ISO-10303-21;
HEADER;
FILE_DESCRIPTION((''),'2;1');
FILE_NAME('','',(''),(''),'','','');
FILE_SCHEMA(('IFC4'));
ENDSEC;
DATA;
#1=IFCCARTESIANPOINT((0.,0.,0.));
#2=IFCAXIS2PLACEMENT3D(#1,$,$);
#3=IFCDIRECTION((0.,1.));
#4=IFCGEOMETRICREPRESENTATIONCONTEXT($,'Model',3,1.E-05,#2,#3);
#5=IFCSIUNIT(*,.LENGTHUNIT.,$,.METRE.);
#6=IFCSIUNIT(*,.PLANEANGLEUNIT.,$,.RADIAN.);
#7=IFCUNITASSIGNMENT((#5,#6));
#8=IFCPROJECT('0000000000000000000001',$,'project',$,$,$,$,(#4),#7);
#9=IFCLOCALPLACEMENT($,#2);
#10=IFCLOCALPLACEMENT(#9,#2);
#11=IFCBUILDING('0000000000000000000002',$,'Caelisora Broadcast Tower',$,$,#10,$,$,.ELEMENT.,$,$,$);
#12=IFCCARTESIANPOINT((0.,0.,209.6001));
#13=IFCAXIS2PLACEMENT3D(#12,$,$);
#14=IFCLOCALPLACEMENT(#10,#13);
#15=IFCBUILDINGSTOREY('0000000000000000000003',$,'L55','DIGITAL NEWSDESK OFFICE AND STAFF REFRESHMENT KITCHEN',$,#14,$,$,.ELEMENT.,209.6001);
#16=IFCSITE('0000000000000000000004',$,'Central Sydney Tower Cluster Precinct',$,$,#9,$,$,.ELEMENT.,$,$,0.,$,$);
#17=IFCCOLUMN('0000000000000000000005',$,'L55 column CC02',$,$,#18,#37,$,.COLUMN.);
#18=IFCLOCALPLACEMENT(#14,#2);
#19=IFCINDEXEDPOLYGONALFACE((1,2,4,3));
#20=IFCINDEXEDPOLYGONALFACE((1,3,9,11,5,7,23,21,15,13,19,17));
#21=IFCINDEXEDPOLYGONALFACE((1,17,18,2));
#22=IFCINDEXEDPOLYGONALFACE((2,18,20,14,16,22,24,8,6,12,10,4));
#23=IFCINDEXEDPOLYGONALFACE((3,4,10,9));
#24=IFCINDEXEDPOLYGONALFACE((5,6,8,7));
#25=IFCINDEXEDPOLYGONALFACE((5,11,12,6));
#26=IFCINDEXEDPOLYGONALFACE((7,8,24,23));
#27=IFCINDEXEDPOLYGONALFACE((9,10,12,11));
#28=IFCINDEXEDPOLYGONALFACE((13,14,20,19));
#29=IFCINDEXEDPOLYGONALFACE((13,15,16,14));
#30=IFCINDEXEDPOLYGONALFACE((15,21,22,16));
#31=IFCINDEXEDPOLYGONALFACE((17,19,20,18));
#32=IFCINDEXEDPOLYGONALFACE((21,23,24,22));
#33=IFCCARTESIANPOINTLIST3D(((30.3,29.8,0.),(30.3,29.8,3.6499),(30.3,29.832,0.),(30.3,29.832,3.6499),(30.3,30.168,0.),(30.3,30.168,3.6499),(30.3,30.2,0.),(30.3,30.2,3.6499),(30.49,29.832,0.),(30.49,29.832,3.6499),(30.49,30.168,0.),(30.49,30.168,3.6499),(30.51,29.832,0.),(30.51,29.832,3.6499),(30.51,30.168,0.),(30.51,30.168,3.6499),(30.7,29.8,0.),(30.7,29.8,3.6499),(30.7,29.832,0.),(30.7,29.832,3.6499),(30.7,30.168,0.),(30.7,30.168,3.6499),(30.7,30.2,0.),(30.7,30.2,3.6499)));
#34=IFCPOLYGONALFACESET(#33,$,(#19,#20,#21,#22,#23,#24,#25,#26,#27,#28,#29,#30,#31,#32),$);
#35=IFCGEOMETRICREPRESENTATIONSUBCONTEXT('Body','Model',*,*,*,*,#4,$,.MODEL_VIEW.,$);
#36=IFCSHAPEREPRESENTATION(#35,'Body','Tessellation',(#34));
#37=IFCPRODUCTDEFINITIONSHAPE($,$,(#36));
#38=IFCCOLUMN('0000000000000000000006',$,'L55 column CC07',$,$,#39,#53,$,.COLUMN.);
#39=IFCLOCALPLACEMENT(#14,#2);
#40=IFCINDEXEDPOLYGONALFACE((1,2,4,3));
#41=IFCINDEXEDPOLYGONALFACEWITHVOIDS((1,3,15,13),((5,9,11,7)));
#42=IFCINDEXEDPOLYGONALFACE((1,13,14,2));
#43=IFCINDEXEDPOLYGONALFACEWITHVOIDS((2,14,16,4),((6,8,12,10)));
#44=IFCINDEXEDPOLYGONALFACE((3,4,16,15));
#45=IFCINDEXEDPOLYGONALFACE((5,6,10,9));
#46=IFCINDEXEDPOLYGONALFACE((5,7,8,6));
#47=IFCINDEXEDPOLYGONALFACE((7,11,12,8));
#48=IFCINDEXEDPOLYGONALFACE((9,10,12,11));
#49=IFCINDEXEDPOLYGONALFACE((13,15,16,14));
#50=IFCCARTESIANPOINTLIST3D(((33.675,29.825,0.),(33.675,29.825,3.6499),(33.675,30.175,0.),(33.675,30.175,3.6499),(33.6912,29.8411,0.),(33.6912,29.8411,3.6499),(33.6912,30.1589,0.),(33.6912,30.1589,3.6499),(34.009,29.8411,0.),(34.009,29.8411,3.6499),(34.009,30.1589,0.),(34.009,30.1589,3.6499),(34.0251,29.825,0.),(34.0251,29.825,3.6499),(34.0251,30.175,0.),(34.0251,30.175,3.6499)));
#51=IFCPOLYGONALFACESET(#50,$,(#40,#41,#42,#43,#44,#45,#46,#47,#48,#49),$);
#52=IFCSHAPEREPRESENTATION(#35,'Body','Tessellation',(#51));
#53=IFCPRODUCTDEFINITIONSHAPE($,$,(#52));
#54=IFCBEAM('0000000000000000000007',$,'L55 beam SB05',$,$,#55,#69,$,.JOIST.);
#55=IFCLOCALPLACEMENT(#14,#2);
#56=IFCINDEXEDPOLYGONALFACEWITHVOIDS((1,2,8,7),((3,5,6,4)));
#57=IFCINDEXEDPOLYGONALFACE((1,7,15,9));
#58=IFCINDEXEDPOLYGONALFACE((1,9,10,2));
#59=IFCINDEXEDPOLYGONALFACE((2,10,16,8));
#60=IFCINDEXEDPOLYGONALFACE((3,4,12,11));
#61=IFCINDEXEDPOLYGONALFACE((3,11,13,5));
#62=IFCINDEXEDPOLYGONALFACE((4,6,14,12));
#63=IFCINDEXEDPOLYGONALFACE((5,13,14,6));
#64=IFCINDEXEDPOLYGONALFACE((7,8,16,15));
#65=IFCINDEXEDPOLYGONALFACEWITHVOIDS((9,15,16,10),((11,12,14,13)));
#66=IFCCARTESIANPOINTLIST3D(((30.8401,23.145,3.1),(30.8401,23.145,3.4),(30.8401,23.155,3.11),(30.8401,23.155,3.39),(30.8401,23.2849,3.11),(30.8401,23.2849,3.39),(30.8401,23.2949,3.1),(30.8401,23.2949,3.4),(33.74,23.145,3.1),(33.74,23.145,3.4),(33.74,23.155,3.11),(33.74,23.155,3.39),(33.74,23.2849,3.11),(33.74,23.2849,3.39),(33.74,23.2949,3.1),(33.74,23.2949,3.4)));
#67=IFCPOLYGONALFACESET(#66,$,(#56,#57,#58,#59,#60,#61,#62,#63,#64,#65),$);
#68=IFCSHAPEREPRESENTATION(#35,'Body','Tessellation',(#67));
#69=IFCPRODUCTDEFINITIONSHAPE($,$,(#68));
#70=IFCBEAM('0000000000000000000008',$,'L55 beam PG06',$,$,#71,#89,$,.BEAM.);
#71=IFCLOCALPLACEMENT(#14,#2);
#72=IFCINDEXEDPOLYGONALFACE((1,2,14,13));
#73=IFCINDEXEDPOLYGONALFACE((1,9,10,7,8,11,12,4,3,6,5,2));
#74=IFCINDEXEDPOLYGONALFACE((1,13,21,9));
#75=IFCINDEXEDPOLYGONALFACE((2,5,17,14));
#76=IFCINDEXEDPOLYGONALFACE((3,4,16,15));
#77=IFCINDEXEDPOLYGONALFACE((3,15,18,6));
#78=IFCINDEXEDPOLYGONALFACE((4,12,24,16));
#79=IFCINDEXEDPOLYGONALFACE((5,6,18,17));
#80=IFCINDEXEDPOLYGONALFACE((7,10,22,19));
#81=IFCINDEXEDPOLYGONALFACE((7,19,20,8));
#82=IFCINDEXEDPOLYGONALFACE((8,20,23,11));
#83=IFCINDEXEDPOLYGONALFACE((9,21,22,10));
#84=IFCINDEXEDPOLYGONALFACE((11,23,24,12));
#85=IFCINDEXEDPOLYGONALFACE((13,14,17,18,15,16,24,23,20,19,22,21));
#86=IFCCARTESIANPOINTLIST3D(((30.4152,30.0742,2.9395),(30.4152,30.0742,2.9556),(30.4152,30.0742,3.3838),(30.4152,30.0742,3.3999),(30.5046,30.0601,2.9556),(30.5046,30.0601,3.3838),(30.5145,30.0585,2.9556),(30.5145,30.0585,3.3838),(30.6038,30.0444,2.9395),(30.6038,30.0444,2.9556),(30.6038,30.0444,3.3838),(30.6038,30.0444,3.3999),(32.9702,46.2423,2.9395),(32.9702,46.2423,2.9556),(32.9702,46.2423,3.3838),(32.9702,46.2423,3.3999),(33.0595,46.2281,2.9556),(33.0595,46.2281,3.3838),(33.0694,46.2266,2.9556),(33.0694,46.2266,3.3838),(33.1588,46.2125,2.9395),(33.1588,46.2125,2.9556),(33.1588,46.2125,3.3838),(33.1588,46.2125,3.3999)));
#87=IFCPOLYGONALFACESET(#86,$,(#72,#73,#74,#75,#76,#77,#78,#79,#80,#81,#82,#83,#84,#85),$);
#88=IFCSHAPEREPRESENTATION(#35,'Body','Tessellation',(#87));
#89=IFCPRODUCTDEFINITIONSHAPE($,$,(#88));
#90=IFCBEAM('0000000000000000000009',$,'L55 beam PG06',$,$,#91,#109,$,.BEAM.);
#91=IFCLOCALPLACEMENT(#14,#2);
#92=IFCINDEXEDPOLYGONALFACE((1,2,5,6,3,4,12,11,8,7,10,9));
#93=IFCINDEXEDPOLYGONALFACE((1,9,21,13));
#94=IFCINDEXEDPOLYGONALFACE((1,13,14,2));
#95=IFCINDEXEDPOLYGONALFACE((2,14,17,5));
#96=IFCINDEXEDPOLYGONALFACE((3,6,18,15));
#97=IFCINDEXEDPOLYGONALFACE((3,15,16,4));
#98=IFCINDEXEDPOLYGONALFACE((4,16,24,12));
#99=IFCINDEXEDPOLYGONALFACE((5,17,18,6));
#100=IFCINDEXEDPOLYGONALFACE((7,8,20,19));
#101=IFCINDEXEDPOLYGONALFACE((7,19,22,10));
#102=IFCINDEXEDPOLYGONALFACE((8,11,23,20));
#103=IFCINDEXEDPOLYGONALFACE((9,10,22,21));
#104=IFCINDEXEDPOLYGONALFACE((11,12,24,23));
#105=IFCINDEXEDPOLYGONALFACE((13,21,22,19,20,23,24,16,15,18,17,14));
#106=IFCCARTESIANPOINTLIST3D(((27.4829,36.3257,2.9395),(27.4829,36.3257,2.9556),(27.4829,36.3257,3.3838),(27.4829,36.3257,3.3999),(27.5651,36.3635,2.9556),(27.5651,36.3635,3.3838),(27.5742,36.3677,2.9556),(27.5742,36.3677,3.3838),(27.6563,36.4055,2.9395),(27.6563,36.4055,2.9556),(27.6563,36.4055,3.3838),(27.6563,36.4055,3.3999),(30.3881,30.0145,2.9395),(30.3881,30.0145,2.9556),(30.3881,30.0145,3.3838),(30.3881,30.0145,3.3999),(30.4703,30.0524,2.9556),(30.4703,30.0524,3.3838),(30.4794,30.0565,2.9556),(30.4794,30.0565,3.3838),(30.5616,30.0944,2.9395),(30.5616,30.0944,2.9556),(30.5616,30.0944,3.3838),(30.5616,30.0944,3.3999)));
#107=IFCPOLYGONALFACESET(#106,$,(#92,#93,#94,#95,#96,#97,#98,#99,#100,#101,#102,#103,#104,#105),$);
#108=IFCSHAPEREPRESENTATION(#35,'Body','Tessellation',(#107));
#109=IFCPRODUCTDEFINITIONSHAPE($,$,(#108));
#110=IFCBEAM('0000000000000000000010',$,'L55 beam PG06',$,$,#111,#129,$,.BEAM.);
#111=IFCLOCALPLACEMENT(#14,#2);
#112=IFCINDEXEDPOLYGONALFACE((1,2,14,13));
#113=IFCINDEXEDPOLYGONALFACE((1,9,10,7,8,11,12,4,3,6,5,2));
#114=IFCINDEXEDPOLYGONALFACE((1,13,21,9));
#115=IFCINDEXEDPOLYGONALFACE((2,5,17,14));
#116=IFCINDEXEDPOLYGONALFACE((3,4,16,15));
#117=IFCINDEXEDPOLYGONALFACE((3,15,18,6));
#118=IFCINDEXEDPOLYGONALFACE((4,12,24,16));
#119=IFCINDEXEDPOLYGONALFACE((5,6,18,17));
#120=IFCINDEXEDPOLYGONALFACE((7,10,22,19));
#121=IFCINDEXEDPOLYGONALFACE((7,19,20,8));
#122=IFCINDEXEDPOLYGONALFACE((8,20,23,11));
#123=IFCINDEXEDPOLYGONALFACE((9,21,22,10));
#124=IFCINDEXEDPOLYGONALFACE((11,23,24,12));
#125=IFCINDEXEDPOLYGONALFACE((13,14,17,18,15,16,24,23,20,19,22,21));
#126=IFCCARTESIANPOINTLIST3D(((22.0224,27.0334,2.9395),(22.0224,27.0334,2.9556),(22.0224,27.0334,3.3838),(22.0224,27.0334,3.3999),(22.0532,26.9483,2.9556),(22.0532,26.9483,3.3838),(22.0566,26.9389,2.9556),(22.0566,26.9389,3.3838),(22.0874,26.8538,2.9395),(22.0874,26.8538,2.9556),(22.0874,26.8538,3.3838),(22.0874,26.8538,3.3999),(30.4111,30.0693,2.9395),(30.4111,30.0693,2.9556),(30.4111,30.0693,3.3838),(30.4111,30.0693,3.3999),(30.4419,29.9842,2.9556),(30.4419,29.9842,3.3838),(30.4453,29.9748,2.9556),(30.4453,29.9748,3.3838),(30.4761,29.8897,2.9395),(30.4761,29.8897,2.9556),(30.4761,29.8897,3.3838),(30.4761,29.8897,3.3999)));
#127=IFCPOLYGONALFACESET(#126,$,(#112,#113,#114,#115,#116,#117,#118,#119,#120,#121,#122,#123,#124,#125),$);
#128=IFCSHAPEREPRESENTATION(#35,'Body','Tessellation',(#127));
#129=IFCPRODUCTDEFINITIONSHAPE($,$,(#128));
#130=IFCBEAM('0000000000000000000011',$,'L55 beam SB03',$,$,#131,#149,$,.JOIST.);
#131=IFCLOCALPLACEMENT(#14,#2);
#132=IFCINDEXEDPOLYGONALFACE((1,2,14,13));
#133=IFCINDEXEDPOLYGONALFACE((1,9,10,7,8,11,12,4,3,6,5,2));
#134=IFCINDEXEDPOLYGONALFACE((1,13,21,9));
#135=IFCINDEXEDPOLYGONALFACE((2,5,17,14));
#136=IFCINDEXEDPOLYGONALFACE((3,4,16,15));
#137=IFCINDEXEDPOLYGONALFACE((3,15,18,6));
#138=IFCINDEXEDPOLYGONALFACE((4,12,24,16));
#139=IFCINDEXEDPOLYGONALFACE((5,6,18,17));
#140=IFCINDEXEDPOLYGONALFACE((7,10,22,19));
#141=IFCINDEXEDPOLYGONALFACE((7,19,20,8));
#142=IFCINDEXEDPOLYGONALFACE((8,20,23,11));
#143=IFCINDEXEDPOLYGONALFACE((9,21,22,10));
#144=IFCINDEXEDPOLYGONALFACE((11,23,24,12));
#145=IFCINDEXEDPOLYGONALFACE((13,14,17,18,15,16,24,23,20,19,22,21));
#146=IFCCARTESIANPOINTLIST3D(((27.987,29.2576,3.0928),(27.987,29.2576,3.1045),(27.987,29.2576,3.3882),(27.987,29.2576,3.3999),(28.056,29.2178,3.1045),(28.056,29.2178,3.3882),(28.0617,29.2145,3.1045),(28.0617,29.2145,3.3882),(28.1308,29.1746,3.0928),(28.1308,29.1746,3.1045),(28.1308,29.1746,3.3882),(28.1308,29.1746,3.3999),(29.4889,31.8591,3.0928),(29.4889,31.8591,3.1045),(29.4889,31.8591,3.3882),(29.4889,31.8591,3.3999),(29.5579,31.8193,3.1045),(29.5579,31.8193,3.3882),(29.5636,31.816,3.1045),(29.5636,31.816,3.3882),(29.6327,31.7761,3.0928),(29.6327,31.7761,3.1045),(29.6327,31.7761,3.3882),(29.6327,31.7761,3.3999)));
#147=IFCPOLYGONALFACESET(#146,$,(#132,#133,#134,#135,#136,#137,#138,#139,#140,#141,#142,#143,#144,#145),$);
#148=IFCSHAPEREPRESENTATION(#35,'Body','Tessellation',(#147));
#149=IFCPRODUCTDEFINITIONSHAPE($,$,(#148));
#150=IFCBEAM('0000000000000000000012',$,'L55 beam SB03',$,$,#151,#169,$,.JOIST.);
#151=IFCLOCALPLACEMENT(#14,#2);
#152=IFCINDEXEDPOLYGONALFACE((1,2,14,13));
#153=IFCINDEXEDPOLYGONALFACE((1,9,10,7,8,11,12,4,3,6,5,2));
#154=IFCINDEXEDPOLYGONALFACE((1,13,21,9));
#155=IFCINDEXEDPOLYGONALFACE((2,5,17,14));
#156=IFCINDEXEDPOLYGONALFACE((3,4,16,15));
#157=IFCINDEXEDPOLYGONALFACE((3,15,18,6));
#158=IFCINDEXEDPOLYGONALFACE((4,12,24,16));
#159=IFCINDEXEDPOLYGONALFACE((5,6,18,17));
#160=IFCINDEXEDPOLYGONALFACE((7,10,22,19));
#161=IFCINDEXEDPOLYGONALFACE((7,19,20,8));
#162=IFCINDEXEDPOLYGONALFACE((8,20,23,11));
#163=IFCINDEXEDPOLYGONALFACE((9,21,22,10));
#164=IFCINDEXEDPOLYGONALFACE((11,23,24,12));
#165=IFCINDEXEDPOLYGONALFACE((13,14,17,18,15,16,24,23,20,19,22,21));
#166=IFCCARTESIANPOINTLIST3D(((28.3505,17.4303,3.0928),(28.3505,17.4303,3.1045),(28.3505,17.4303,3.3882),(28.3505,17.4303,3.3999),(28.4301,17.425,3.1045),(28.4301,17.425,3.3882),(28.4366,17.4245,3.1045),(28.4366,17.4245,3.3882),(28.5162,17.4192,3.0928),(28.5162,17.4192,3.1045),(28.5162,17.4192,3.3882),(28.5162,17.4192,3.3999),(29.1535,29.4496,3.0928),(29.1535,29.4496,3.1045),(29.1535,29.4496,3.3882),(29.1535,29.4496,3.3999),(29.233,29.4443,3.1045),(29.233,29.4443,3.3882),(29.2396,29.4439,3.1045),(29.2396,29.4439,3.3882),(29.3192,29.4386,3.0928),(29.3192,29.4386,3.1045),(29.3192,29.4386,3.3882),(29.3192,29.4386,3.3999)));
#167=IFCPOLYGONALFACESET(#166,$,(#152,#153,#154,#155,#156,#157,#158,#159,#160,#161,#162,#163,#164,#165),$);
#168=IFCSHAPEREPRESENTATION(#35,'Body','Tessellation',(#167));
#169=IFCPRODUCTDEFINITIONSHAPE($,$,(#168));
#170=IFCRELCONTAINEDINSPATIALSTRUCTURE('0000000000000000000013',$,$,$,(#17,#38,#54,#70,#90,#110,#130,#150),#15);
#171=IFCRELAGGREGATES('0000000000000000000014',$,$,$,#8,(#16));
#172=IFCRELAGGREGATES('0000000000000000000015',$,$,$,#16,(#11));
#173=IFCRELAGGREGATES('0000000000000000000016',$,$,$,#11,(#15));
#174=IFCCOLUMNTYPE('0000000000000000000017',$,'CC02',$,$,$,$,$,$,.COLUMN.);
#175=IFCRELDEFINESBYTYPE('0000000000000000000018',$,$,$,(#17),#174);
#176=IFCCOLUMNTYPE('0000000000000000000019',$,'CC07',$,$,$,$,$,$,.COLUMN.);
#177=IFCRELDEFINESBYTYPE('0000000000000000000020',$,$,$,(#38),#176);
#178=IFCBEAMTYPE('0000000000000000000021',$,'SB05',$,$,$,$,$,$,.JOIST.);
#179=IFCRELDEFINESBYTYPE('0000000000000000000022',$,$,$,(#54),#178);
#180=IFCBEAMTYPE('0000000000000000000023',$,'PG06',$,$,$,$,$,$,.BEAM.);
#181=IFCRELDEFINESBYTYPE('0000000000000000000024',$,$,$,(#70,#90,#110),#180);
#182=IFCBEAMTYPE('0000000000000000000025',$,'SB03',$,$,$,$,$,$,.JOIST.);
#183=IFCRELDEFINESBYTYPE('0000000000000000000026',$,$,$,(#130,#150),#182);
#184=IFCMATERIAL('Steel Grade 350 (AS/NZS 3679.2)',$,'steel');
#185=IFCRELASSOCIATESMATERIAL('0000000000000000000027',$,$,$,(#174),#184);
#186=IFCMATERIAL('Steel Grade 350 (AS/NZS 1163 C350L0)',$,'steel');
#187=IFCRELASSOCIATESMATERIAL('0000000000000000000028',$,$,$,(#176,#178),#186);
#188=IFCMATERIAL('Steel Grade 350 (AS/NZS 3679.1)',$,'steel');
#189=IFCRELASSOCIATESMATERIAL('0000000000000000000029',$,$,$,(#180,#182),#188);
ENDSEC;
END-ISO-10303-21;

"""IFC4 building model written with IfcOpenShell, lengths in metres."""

from ifc_helpers import new_model, si_unit, direction, frame, origin, origin_2d, place, context, subcontext, project, spatial, hollow_rectangle, i_section, extrude, source, transform, mapped, material, material_profile, profile_set, type_object, type_shapes, element, save


model = new_model("IFC4")

# Units and contexts
model_context = context("Model", 3, precision=1e-05, world=origin(), true_north=direction((0.0, 1.0)))
body_context = subcontext(model_context, "Body", "Model", "MODEL_VIEW")
ifc_project = project(units=[si_unit("LENGTHUNIT", "METRE"), si_unit("PLANEANGLEUNIT", "RADIAN")], contexts=[model_context])

# Site, building, storey
site_placement = place(None, origin())
site = spatial("IfcSite", under=ifc_project, at=site_placement, Name="Central Sydney Tower Cluster Precinct", CompositionType="ELEMENT", RefElevation=0.0)
building_placement = place(site_placement, origin())
building = spatial("IfcBuilding", under=site, at=building_placement, Name="Caelisora Broadcast Tower", CompositionType="ELEMENT")
storey_placement = place(building_placement, frame((0.0, 0.0, 209.6001)))
storey = spatial("IfcBuildingStorey", under=building, at=storey_placement, Name="L55", Description="DIGITAL NEWSDESK OFFICE AND STAFF REFRESHMENT KITCHEN", CompositionType="ELEMENT", Elevation=209.6001)

# Columns
ifc_material_1 = material(Name="Steel Grade 350 (AS/NZS 3679.2)", Category="steel")
ifc_material_profile_1 = material_profile(ifc_material_1, i_section(OverallWidth=0.3999, OverallDepth=0.3999, WebThickness=0.02, FlangeThickness=0.032, at=origin_2d()), Name="Steel Grade 350 (AS/NZS 3679.2)")
ifc_profile_set_1 = profile_set([ifc_material_profile_1], Name="Steel Grade 350 (AS/NZS 3679.2)")
column_type_1 = type_object("IfcColumnType", Name="CC02", PredefinedType="COLUMN", material=ifc_profile_set_1)
shared_shape_1 = source(origin(), body_context, "Body", "SweptSolid", [
    extrude(i_section(OverallWidth=0.3999, OverallDepth=0.3999, WebThickness=0.02, FlangeThickness=0.032, at=origin_2d()), origin(), (0.0, 0.0, 1.0), 3.6499),
])
type_shapes(column_type_1, [shared_shape_1])
column_1_placement = place(storey_placement, frame((30.5, 30.0, 0.0), z_axis=(0.0, 0.0, 1.0), x_axis=(1.0, 0.0, 0.0)))
element("IfcColumn", 1, at=column_1_placement, inside=storey, type_object=column_type_1, Name="L55 column CC02", PredefinedType="COLUMN", context=body_context, shape_type="MappedRepresentation", body=[
    mapped(shared_shape_1, transform((0.0, 0.0, 0.0), scale=1.0)),
])
ifc_material_2 = material(Name="Steel Grade 350 (AS/NZS 1163 C350L0)", Category="steel")
ifc_material_profile_2 = material_profile(ifc_material_2, hollow_rectangle(XDim=0.3501, YDim=0.3501, WallThickness=0.0161, at=origin_2d()), Name="Steel Grade 350 (AS/NZS 1163 C350L0)")
ifc_profile_set_2 = profile_set([ifc_material_profile_2], Name="Steel Grade 350 (AS/NZS 1163 C350L0)")
column_type_2 = type_object("IfcColumnType", Name="CC07", PredefinedType="COLUMN", material=ifc_profile_set_2)
shared_shape_2 = source(origin(), body_context, "Body", "SweptSolid", [
    extrude(hollow_rectangle(XDim=0.3501, YDim=0.3501, WallThickness=0.0161, at=origin_2d()), origin(), (0.0, 0.0, 1.0), 3.6499),
])
type_shapes(column_type_2, [shared_shape_2])
column_2_placement = place(storey_placement, frame((33.8501, 30.0, 0.0), z_axis=(0.0, 0.0, 1.0), x_axis=(1.0, 0.0, 0.0)))
element("IfcColumn", 2, at=column_2_placement, inside=storey, type_object=column_type_2, Name="L55 column CC07", PredefinedType="COLUMN", context=body_context, shape_type="MappedRepresentation", body=[
    mapped(shared_shape_2, transform((0.0, 0.0, 0.0), scale=1.0)),
])

# Beams
ifc_material_profile_3 = material_profile(ifc_material_2, hollow_rectangle(XDim=0.1499, YDim=0.3, WallThickness=0.01, at=origin_2d()), Name="Steel Grade 350 (AS/NZS 1163 C350L0)")
ifc_profile_set_3 = profile_set([ifc_material_profile_3], Name="Steel Grade 350 (AS/NZS 1163 C350L0)")
beam_type_1 = type_object("IfcBeamType", Name="SB05", PredefinedType="JOIST", material=ifc_profile_set_3)
shared_shape_3 = source(origin(), body_context, "Body", "SweptSolid", [
    extrude(hollow_rectangle(XDim=0.1499, YDim=0.3, WallThickness=0.01, at=origin_2d()), origin(), (0.0, 0.0, 1.0), 2.8999),
])
type_shapes(beam_type_1, [shared_shape_3])
beam_1_placement = place(storey_placement, frame((30.8401, 23.22, 3.25), z_axis=(1.0, 0.0, 0.0), x_axis=(0.0, 1.0, 0.0)))
element("IfcBeam", 3, at=beam_1_placement, inside=storey, type_object=beam_type_1, Name="L55 beam SB05", PredefinedType="JOIST", context=body_context, shape_type="MappedRepresentation", body=[
    mapped(shared_shape_3, transform((0.0, 0.0, 0.0), scale=1.0)),
])
ifc_material_3 = material(Name="Steel Grade 350 (AS/NZS 3679.1)", Category="steel")
ifc_material_profile_4 = material_profile(ifc_material_3, i_section(OverallWidth=0.1909, OverallDepth=0.4604, WebThickness=0.01, FlangeThickness=0.0161, at=origin_2d()), Name="Steel Grade 350 (AS/NZS 3679.1)")
ifc_profile_set_4 = profile_set([ifc_material_profile_4], Name="Steel Grade 350 (AS/NZS 3679.1)")
beam_type_2 = type_object("IfcBeamType", Name="PG06", PredefinedType="BEAM", material=ifc_profile_set_4)
shared_shape_4 = source(origin(), body_context, "Body", "SweptSolid", [
    extrude(i_section(OverallWidth=0.1909, OverallDepth=0.4604, WebThickness=0.01, FlangeThickness=0.0161, at=origin_2d()), origin(), (0.0, 0.0, 1.0), 16.3687),
])
beam_2_placement = place(storey_placement, frame((30.5095, 30.0593, 3.1697), z_axis=(0.156087, 0.987743, 0.0), x_axis=(-0.987743, 0.156087, 0.0)))
element("IfcBeam", 4, at=beam_2_placement, inside=storey, type_object=beam_type_2, Name="L55 beam PG06", PredefinedType="BEAM", context=body_context, shape_type="MappedRepresentation", body=[
    mapped(shared_shape_4, transform((0.0, 0.0, 0.0), scale=1.0)),
])
shared_shape_5 = source(origin(), body_context, "Body", "SweptSolid", [
    extrude(i_section(OverallWidth=0.1909, OverallDepth=0.4604, WebThickness=0.01, FlangeThickness=0.0161, at=origin_2d()), origin(), (0.0, 0.0, 1.0), 6.9478),
])
beam_3_placement = place(storey_placement, frame((30.4749, 30.0544, 3.1697), z_axis=(-0.418153, 0.908376, 0.0), x_axis=(-0.908376, -0.418153, 0.0)))
element("IfcBeam", 5, at=beam_3_placement, inside=storey, type_object=beam_type_2, Name="L55 beam PG06", PredefinedType="BEAM", context=body_context, shape_type="MappedRepresentation", body=[
    mapped(shared_shape_5, transform((0.0, 0.0, 0.0), scale=1.0)),
])
shared_shape_6 = source(origin(), body_context, "Body", "SweptSolid", [
    extrude(i_section(OverallWidth=0.1909, OverallDepth=0.4604, WebThickness=0.01, FlangeThickness=0.0161, at=origin_2d()), origin(), (0.0, 0.0, 1.0), 8.9211),
])
type_shapes(beam_type_2, [shared_shape_4, shared_shape_5, shared_shape_6])
beam_4_placement = place(storey_placement, frame((30.4436, 29.9795, 3.1697), z_axis=(-0.940316, -0.340303, 0.0), x_axis=(0.340303, -0.940316, 0.0)))
element("IfcBeam", 6, at=beam_4_placement, inside=storey, type_object=beam_type_2, Name="L55 beam PG06", PredefinedType="BEAM", context=body_context, shape_type="MappedRepresentation", body=[
    mapped(shared_shape_6, transform((0.0, 0.0, 0.0), scale=1.0)),
])
ifc_material_profile_5 = material_profile(ifc_material_3, i_section(OverallWidth=0.166, OverallDepth=0.3071, WebThickness=0.0066, FlangeThickness=0.0117, at=origin_2d()), Name="Steel Grade 350 (AS/NZS 3679.1)")
ifc_profile_set_5 = profile_set([ifc_material_profile_5], Name="Steel Grade 350 (AS/NZS 3679.1)")
beam_type_3 = type_object("IfcBeamType", Name="SB03", PredefinedType="JOIST", material=ifc_profile_set_5)
shared_shape_7 = source(origin(), body_context, "Body", "SweptSolid", [
    extrude(i_section(OverallWidth=0.166, OverallDepth=0.3071, WebThickness=0.0066, FlangeThickness=0.0117, at=origin_2d()), origin(), (0.0, 0.0, 1.0), 3.0039),
])
beam_5_placement = place(storey_placement, frame((29.5608, 31.8176, 3.2463), z_axis=(-0.499985, -0.866034, 0.0), x_axis=(0.866034, -0.499985, 0.0)))
element("IfcBeam", 7, at=beam_5_placement, inside=storey, type_object=beam_type_3, Name="L55 beam SB03", PredefinedType="JOIST", context=body_context, shape_type="MappedRepresentation", body=[
    mapped(shared_shape_7, transform((0.0, 0.0, 0.0), scale=1.0)),
])
shared_shape_8 = source(origin(), body_context, "Body", "SweptSolid", [
    extrude(i_section(OverallWidth=0.166, OverallDepth=0.3071, WebThickness=0.0066, FlangeThickness=0.0117, at=origin_2d()), origin(), (0.0, 0.0, 1.0), 12.0461),
])
beam_6_placement = place(storey_placement, frame((29.2363, 29.4441, 3.2463), z_axis=(-0.066659, -0.997776, 0.0), x_axis=(0.997776, -0.066659, 0.0)))
element("IfcBeam", 8, at=beam_6_placement, inside=storey, type_object=beam_type_3, Name="L55 beam SB03", PredefinedType="JOIST", context=body_context, shape_type="MappedRepresentation", body=[
    mapped(shared_shape_8, transform((0.0, 0.0, 0.0), scale=1.0)),
])

save(model, "model.ifc")
